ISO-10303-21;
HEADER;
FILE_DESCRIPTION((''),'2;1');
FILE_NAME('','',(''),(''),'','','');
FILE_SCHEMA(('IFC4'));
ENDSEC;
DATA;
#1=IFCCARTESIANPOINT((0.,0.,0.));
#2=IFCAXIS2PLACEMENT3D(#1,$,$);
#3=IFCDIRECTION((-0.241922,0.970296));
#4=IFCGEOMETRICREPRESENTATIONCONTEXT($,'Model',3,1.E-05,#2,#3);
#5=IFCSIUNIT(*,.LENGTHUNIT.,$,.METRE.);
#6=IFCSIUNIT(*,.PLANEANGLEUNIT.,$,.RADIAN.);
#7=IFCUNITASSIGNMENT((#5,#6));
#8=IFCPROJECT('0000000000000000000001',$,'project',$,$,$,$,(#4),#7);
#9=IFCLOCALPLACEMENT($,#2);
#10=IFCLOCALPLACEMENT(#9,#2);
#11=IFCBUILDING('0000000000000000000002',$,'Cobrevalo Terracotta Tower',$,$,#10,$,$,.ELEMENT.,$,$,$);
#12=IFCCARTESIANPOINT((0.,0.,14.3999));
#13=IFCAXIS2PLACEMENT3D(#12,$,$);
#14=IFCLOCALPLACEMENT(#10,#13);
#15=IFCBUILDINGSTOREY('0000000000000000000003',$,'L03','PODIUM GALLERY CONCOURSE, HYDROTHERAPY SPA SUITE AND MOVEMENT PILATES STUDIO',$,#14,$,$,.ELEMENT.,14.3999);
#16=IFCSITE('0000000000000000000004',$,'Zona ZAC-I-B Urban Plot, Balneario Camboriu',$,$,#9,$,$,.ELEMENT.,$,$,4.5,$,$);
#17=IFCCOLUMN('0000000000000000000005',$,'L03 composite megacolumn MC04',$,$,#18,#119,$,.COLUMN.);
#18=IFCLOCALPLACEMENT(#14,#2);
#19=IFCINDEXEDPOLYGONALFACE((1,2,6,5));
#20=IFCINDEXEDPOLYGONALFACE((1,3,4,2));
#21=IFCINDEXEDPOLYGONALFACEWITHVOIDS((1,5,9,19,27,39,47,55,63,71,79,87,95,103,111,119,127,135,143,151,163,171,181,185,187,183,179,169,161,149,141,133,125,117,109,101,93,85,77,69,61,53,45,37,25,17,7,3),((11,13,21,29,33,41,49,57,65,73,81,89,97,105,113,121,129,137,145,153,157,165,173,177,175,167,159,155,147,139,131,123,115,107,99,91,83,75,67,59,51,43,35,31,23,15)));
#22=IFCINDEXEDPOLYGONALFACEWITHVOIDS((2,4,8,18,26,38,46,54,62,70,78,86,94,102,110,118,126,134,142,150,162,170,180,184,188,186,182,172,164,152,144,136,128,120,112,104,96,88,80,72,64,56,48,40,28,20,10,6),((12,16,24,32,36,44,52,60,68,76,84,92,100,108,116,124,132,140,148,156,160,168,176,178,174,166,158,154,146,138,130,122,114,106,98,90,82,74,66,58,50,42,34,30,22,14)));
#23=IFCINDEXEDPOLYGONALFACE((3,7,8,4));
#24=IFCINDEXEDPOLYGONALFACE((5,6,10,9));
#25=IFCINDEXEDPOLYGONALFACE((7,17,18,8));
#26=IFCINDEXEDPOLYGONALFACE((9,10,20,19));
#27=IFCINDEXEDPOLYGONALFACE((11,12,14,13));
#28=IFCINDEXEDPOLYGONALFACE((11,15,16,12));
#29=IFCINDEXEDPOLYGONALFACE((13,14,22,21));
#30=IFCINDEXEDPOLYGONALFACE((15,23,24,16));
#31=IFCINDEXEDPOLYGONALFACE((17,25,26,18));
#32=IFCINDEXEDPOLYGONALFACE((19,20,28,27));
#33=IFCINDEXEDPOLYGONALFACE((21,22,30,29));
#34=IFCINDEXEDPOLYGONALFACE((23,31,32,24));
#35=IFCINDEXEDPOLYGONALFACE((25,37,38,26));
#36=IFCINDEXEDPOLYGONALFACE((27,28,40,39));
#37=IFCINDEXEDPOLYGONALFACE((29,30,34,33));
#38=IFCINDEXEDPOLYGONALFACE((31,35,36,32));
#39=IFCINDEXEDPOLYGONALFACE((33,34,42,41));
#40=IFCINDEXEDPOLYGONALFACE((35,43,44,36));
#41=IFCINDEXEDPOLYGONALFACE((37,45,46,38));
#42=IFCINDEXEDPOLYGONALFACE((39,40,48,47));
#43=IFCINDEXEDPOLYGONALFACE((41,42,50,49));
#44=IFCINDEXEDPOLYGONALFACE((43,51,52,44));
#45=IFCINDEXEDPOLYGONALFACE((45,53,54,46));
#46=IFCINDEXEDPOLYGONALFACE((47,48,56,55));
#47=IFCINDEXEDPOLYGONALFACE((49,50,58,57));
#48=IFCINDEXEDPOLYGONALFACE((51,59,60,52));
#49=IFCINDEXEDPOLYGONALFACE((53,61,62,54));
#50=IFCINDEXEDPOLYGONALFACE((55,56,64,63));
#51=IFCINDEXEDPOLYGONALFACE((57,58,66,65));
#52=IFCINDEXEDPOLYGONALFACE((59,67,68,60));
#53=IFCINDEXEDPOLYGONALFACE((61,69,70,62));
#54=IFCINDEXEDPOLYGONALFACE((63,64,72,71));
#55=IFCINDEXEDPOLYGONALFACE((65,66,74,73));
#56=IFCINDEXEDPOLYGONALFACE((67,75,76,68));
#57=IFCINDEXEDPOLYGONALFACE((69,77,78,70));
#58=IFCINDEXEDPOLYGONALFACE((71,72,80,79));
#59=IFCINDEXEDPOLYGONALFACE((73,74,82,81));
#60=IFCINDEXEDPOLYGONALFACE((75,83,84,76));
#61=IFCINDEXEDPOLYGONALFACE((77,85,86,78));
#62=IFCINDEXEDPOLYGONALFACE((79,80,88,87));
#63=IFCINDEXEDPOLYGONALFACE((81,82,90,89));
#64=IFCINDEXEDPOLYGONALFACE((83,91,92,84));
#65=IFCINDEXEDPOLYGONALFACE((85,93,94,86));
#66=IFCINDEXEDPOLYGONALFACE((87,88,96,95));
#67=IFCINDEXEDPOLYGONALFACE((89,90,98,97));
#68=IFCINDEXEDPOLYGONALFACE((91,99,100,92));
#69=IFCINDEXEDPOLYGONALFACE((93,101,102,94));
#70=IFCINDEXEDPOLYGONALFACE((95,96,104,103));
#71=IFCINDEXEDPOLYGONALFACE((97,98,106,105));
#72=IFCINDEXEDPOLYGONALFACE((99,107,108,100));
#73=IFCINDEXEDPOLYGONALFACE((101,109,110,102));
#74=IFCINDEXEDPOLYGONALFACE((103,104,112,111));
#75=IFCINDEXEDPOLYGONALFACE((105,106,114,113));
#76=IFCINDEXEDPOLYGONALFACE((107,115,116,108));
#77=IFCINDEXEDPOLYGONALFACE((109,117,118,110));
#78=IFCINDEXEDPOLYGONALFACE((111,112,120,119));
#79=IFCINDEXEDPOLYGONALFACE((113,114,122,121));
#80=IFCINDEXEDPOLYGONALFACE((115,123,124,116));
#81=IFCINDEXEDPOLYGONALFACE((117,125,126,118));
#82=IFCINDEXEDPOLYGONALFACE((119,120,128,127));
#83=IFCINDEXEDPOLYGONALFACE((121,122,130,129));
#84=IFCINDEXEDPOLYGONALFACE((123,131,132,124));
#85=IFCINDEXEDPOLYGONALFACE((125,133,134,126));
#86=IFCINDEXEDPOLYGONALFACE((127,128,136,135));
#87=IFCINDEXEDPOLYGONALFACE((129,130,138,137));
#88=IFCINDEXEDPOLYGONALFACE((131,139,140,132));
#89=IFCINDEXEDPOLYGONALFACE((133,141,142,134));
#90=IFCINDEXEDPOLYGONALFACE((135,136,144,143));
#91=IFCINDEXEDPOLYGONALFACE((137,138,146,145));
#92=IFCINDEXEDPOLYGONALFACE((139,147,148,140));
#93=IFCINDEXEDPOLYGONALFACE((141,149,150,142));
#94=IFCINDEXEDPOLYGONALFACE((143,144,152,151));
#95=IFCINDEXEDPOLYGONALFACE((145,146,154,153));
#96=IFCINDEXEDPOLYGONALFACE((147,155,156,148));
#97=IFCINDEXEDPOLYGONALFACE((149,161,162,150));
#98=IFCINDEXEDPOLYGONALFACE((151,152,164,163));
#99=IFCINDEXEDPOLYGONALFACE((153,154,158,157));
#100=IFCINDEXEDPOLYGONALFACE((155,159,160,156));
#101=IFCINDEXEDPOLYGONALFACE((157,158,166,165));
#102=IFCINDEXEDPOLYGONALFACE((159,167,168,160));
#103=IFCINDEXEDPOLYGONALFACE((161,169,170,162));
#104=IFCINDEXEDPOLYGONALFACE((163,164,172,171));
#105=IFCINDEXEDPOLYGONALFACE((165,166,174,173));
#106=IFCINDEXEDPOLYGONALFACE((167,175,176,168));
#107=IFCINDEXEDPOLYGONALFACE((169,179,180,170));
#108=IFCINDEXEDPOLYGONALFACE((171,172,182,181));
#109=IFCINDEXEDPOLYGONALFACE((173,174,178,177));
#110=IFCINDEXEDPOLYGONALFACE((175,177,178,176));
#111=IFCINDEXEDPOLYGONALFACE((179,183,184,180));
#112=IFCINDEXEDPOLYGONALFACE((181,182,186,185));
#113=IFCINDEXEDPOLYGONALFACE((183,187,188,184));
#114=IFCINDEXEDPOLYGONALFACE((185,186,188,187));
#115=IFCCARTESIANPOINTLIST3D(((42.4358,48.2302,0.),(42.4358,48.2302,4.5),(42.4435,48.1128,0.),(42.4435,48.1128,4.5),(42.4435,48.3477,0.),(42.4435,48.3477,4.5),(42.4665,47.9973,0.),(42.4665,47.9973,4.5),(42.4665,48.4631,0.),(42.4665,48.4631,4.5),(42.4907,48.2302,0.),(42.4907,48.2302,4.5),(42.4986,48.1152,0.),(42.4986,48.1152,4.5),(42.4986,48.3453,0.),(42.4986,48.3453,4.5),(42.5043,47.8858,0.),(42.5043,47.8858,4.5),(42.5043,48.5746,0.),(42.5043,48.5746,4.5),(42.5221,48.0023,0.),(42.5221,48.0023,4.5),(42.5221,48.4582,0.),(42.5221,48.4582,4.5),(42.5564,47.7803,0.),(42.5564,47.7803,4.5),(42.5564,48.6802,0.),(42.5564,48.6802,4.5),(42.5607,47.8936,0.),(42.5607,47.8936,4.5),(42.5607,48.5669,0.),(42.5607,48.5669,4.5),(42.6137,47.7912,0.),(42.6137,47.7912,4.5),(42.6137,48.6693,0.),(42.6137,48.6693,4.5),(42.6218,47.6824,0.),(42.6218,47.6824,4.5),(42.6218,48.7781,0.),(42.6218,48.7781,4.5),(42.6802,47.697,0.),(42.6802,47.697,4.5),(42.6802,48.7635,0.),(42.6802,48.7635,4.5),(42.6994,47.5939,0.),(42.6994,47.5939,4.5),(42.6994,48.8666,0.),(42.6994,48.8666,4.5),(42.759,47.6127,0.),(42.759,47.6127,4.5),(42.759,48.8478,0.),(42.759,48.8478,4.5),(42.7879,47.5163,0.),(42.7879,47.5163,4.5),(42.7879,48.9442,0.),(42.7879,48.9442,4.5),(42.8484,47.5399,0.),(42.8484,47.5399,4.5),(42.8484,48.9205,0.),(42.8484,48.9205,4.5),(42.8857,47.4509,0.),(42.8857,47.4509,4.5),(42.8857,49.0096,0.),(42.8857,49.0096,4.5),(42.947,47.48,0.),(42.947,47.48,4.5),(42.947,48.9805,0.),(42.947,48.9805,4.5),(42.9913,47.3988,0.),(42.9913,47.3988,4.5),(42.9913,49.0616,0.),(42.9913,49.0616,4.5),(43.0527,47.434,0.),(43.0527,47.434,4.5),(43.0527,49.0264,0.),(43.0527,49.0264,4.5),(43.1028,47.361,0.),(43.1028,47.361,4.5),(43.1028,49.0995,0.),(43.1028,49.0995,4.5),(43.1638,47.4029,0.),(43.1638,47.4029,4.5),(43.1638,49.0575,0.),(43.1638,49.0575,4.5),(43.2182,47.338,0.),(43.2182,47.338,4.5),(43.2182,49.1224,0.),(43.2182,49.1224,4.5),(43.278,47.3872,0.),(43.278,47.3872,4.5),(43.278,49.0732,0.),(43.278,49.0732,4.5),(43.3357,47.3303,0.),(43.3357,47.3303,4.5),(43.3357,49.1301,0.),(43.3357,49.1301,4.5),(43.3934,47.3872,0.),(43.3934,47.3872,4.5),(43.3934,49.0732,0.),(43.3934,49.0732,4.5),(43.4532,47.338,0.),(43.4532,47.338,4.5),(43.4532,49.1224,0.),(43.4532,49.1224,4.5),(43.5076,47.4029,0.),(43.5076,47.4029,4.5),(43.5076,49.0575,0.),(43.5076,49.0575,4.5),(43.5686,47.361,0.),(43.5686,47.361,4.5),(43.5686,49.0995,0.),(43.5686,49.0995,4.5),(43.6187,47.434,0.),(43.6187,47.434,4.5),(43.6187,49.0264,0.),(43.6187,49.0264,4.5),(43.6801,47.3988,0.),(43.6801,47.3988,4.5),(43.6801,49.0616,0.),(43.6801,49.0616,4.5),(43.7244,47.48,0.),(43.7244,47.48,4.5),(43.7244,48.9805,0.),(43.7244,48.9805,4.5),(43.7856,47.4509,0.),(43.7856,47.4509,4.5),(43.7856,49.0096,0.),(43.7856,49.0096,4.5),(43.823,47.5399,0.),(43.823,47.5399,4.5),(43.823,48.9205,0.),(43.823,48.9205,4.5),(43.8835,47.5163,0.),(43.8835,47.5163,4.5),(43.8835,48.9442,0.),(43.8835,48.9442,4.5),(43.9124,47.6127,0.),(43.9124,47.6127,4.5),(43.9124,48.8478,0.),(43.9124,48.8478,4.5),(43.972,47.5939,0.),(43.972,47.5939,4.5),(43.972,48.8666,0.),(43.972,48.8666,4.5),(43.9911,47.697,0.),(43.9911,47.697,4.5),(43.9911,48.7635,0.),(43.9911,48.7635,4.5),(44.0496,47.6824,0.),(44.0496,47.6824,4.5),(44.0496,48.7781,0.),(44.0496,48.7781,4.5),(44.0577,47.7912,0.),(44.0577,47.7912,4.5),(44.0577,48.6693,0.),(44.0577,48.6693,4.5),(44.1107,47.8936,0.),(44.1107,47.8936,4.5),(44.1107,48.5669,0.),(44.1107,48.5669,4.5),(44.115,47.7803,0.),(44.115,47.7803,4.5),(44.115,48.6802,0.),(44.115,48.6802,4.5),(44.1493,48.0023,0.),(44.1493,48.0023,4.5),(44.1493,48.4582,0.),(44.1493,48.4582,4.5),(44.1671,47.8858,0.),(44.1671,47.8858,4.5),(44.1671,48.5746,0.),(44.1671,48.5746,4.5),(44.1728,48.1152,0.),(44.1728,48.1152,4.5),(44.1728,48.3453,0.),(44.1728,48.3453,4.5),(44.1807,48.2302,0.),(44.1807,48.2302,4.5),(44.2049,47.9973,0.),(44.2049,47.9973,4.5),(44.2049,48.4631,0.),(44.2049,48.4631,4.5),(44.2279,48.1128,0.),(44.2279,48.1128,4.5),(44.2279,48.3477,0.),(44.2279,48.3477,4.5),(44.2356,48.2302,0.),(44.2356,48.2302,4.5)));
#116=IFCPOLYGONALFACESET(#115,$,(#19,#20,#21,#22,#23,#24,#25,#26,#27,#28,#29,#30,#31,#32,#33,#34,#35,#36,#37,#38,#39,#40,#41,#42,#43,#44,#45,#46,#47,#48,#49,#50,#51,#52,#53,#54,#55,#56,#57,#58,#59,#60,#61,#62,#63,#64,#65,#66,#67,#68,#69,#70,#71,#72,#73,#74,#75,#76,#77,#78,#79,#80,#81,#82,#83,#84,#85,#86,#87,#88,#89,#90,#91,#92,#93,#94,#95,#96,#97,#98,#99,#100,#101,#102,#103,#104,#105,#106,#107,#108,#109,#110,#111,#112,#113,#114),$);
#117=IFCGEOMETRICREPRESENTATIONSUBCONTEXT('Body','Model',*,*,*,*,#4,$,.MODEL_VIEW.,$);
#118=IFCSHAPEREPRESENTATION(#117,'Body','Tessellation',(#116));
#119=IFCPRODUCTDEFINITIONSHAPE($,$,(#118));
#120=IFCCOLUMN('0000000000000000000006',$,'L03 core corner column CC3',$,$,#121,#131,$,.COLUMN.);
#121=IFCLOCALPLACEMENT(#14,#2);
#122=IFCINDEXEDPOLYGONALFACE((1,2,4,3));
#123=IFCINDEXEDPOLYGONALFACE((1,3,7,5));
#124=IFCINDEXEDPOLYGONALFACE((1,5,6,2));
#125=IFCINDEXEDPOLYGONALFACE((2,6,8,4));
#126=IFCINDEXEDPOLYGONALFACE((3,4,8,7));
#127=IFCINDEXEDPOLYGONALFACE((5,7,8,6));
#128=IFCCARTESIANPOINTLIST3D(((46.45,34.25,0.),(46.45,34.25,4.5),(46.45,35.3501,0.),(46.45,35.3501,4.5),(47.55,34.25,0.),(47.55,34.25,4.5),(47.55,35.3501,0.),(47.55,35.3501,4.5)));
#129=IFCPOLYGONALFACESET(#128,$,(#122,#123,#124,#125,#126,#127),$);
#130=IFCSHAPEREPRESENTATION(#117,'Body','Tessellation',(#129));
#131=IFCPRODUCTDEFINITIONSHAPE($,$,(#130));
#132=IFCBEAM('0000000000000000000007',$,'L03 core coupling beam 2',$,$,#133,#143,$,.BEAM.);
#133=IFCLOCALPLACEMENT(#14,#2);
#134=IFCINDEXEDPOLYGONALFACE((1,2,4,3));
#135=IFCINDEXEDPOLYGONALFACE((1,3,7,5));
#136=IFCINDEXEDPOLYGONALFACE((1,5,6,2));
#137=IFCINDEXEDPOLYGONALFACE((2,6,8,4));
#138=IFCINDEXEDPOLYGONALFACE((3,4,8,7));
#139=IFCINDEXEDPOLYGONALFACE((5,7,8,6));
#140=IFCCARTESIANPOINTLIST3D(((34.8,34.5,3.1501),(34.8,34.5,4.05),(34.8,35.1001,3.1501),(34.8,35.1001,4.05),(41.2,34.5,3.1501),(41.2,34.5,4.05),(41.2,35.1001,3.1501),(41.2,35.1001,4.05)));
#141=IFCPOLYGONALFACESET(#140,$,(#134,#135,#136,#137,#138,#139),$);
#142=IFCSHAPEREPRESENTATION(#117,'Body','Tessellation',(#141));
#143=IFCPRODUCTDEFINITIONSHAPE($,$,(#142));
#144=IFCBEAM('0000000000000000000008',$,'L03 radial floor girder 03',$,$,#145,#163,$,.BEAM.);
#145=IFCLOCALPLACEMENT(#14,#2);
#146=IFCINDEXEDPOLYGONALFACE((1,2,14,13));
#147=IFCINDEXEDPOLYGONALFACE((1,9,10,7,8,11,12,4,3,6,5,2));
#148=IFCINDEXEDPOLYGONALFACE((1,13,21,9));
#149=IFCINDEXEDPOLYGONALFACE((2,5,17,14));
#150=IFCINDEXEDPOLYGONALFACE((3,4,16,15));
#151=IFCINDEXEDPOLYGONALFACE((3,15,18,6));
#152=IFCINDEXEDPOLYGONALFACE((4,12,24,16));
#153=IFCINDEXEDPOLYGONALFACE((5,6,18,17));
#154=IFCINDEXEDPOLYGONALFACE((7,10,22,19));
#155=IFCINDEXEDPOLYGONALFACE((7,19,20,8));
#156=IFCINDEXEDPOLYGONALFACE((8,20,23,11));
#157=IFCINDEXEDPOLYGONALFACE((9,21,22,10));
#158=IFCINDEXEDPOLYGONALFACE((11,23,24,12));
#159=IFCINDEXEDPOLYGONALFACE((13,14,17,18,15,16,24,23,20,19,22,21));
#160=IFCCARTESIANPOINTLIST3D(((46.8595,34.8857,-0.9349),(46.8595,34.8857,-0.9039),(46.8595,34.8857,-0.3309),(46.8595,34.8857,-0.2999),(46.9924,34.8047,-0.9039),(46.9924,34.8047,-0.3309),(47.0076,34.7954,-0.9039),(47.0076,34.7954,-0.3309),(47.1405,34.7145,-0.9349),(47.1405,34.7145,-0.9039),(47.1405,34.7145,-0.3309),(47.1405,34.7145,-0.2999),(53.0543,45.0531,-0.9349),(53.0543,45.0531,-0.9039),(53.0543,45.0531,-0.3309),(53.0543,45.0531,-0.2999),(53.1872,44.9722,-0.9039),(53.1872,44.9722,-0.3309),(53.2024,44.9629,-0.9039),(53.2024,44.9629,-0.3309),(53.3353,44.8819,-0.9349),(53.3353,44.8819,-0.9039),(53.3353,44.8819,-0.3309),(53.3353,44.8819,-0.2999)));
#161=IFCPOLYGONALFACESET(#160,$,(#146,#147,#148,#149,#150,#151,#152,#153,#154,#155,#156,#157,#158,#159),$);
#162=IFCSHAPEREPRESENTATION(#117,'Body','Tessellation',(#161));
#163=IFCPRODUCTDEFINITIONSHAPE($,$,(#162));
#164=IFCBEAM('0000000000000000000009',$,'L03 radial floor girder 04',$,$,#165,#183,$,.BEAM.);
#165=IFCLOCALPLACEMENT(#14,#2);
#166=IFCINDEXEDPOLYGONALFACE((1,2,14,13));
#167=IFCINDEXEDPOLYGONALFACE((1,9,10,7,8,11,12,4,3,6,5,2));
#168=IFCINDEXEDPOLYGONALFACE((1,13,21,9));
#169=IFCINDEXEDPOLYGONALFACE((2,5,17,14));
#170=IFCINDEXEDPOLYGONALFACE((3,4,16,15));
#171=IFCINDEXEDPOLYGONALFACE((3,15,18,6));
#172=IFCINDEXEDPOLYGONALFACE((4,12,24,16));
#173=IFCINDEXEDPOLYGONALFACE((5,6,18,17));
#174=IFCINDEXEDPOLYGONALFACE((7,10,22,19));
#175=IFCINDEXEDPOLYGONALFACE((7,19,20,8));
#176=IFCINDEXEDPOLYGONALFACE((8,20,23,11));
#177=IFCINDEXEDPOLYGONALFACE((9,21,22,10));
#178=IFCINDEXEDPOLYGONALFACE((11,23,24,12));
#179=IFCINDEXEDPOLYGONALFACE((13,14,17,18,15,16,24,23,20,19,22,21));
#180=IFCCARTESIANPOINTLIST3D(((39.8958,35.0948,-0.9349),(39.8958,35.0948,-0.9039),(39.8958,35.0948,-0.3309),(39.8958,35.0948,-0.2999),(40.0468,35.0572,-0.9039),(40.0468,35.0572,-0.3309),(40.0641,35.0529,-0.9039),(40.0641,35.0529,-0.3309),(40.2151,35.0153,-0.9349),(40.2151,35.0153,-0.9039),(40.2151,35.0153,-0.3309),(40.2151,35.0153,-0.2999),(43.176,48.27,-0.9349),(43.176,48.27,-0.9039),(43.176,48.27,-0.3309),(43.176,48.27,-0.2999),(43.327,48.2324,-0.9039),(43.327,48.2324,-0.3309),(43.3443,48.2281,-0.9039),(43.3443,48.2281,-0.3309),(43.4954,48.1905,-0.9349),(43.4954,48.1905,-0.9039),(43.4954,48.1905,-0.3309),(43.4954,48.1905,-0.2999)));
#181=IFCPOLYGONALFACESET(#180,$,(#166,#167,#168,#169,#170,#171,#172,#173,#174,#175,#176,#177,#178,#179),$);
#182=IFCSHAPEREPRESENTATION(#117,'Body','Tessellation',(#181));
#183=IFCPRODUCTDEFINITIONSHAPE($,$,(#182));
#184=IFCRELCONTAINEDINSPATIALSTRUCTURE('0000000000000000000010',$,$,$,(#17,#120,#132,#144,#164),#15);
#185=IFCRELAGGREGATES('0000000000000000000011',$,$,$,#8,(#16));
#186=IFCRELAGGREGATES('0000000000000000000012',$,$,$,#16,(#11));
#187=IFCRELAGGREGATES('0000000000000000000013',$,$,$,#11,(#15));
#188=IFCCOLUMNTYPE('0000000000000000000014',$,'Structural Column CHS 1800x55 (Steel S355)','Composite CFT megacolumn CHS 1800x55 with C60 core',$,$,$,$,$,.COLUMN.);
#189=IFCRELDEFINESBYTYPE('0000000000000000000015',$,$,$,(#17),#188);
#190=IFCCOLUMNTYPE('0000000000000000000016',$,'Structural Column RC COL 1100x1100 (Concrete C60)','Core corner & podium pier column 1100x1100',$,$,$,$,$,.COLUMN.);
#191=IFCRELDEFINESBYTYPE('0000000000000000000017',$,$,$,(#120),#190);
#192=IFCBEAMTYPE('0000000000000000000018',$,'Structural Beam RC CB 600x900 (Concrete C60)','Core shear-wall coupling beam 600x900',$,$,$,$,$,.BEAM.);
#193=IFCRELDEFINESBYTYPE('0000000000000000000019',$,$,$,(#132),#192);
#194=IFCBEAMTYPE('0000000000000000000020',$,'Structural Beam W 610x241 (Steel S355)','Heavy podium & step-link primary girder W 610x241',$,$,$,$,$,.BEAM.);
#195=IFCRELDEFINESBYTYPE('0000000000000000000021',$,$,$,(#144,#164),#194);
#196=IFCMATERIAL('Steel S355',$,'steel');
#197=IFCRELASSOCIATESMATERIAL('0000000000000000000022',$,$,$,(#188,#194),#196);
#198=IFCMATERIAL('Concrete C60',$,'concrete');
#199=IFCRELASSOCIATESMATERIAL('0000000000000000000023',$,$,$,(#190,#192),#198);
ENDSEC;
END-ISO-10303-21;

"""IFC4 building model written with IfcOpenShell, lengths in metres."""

from ifc_helpers import new_model, si_unit, direction, frame, origin, origin_2d, place, context, subcontext, project, spatial, rectangle, hollow_circle, i_section, extrude, material, material_profile, profile_set, type_object, element, save


model = new_model("IFC4")

# Units and contexts
model_context = context("Model", 3, precision=1e-05, world=origin(), true_north=direction((-0.241922, 0.970296)))
body_context = subcontext(model_context, "Body", "Model", "MODEL_VIEW")
ifc_project = project(units=[si_unit("LENGTHUNIT", "METRE"), si_unit("PLANEANGLEUNIT", "RADIAN")], contexts=[model_context])

# Site, building, storey
site_placement = place(None, origin())
site = spatial("IfcSite", under=ifc_project, at=site_placement, Name="Zona ZAC-I-B Urban Plot, Balneario Camboriu", CompositionType="ELEMENT", RefElevation=4.5)
building_placement = place(site_placement, origin())
building = spatial("IfcBuilding", under=site, at=building_placement, Name="Cobrevalo Terracotta Tower", CompositionType="ELEMENT")
storey_placement = place(building_placement, frame((0.0, 0.0, 14.3999)))
storey = spatial("IfcBuildingStorey", under=building, at=storey_placement, Name="L03", Description="PODIUM GALLERY CONCOURSE, HYDROTHERAPY SPA SUITE AND MOVEMENT PILATES STUDIO", CompositionType="ELEMENT", Elevation=14.3999)

# Columns
ifc_material_1 = material(Name="Steel S355", Category="steel")
ifc_material_profile_1 = material_profile(ifc_material_1, hollow_circle(Radius=0.8999, WallThickness=0.0549, at=origin_2d()), Name="CHS 1800x55")
ifc_profile_set_1 = profile_set([ifc_material_profile_1], Name="Steel S355")
column_type_1 = type_object("IfcColumnType", Name="Structural Column CHS 1800x55 (Steel S355)", Description="Composite CFT megacolumn CHS 1800x55 with C60 core", PredefinedType="COLUMN", material=ifc_profile_set_1)
for number, where, z_axis, x_axis, name in (
    (1, (43.3357, 48.2302, 0.0), (0.0, 0.0, 1.0), (1.0, 0.0, 0.0), "L03 composite megacolumn MC04"),
):
    element("IfcColumn", number, at=place(storey_placement, frame(where, z_axis=z_axis, x_axis=x_axis)), inside=storey, type_object=column_type_1, Name=name, PredefinedType="COLUMN", context=body_context, shape_type="SweptSolid", body=[
        extrude(hollow_circle(Radius=0.8999, WallThickness=0.0549, at=origin_2d()), origin(), (0.0, 0.0, 1.0), 4.5),
    ])
ifc_material_2 = material(Name="Concrete C60", Category="concrete")
ifc_material_profile_2 = material_profile(ifc_material_2, rectangle(XDim=1.1001, YDim=1.1001, at=origin_2d()), Name="RC COL 1100x1100")
ifc_profile_set_2 = profile_set([ifc_material_profile_2], Name="Concrete C60")
column_type_2 = type_object("IfcColumnType", Name="Structural Column RC COL 1100x1100 (Concrete C60)", Description="Core corner & podium pier column 1100x1100", PredefinedType="COLUMN", material=ifc_profile_set_2)
column_placement = place(storey_placement, frame((47.0, 34.8, 0.0), z_axis=(0.0, 0.0, 1.0), x_axis=(1.0, 0.0, 0.0)))
element("IfcColumn", 2, at=column_placement, inside=storey, type_object=column_type_2, Name="L03 core corner column CC3", PredefinedType="COLUMN", context=body_context, shape_type="SweptSolid", body=[
    extrude(rectangle(XDim=1.1001, YDim=1.1001, at=origin_2d()), origin(), (0.0, 0.0, 1.0), 4.5),
])

# Beams
ifc_material_profile_3 = material_profile(ifc_material_2, rectangle(XDim=0.6001, YDim=0.8999, at=origin_2d()), Name="RC CB 600x900")
ifc_profile_set_3 = profile_set([ifc_material_profile_3], Name="Concrete C60")
beam_type_1 = type_object("IfcBeamType", Name="Structural Beam RC CB 600x900 (Concrete C60)", Description="Core shear-wall coupling beam 600x900", PredefinedType="BEAM", material=ifc_profile_set_3)
beam_1_placement = place(storey_placement, frame((34.8, 34.8, 3.6001), z_axis=(1.0, 0.0, 0.0), x_axis=(0.0, 1.0, 0.0)))
element("IfcBeam", 3, at=beam_1_placement, inside=storey, type_object=beam_type_1, Name="L03 core coupling beam 2", PredefinedType="BEAM", context=body_context, shape_type="SweptSolid", body=[
    extrude(rectangle(XDim=0.6001, YDim=0.8999, at=origin_2d()), origin(), (0.0, 0.0, 1.0), 6.3999),
])
ifc_material_profile_4 = material_profile(ifc_material_1, i_section(OverallWidth=0.3291, OverallDepth=0.635, WebThickness=0.0178, FlangeThickness=0.031, at=origin_2d()), Name="W 610x241")
ifc_profile_set_4 = profile_set([ifc_material_profile_4], Name="Steel S355")
beam_type_2 = type_object("IfcBeamType", Name="Structural Beam W 610x241 (Steel S355)", Description="Heavy podium & step-link primary girder W 610x241", PredefinedType="BEAM", material=ifc_profile_set_4)
beam_2_placement = place(storey_placement, frame((53.1948, 44.9675, -0.6174), z_axis=(-0.52031, -0.853978, 0.0), x_axis=(0.853978, -0.52031, 0.0)))
element("IfcBeam", 4, at=beam_2_placement, inside=storey, type_object=beam_type_2, Name="L03 radial floor girder 03", PredefinedType="BEAM", context=body_context, shape_type="SweptSolid", body=[
    extrude(i_section(OverallWidth=0.3291, OverallDepth=0.635, WebThickness=0.0178, FlangeThickness=0.031, at=origin_2d()), origin(), (0.0, 0.0, 1.0), 11.906),
])
beam_3_placement = place(storey_placement, frame((43.3357, 48.2302, -0.6174), z_axis=(-0.241596, -0.970377, 0.0), x_axis=(0.970377, -0.241596, 0.0)))
element("IfcBeam", 5, at=beam_3_placement, inside=storey, type_object=beam_type_2, Name="L03 radial floor girder 04", PredefinedType="BEAM", context=body_context, shape_type="SweptSolid", body=[
    extrude(i_section(OverallWidth=0.3291, OverallDepth=0.635, WebThickness=0.0178, FlangeThickness=0.031, at=origin_2d()), origin(), (0.0, 0.0, 1.0), 13.5774),
])

save(model, "model.ifc")
